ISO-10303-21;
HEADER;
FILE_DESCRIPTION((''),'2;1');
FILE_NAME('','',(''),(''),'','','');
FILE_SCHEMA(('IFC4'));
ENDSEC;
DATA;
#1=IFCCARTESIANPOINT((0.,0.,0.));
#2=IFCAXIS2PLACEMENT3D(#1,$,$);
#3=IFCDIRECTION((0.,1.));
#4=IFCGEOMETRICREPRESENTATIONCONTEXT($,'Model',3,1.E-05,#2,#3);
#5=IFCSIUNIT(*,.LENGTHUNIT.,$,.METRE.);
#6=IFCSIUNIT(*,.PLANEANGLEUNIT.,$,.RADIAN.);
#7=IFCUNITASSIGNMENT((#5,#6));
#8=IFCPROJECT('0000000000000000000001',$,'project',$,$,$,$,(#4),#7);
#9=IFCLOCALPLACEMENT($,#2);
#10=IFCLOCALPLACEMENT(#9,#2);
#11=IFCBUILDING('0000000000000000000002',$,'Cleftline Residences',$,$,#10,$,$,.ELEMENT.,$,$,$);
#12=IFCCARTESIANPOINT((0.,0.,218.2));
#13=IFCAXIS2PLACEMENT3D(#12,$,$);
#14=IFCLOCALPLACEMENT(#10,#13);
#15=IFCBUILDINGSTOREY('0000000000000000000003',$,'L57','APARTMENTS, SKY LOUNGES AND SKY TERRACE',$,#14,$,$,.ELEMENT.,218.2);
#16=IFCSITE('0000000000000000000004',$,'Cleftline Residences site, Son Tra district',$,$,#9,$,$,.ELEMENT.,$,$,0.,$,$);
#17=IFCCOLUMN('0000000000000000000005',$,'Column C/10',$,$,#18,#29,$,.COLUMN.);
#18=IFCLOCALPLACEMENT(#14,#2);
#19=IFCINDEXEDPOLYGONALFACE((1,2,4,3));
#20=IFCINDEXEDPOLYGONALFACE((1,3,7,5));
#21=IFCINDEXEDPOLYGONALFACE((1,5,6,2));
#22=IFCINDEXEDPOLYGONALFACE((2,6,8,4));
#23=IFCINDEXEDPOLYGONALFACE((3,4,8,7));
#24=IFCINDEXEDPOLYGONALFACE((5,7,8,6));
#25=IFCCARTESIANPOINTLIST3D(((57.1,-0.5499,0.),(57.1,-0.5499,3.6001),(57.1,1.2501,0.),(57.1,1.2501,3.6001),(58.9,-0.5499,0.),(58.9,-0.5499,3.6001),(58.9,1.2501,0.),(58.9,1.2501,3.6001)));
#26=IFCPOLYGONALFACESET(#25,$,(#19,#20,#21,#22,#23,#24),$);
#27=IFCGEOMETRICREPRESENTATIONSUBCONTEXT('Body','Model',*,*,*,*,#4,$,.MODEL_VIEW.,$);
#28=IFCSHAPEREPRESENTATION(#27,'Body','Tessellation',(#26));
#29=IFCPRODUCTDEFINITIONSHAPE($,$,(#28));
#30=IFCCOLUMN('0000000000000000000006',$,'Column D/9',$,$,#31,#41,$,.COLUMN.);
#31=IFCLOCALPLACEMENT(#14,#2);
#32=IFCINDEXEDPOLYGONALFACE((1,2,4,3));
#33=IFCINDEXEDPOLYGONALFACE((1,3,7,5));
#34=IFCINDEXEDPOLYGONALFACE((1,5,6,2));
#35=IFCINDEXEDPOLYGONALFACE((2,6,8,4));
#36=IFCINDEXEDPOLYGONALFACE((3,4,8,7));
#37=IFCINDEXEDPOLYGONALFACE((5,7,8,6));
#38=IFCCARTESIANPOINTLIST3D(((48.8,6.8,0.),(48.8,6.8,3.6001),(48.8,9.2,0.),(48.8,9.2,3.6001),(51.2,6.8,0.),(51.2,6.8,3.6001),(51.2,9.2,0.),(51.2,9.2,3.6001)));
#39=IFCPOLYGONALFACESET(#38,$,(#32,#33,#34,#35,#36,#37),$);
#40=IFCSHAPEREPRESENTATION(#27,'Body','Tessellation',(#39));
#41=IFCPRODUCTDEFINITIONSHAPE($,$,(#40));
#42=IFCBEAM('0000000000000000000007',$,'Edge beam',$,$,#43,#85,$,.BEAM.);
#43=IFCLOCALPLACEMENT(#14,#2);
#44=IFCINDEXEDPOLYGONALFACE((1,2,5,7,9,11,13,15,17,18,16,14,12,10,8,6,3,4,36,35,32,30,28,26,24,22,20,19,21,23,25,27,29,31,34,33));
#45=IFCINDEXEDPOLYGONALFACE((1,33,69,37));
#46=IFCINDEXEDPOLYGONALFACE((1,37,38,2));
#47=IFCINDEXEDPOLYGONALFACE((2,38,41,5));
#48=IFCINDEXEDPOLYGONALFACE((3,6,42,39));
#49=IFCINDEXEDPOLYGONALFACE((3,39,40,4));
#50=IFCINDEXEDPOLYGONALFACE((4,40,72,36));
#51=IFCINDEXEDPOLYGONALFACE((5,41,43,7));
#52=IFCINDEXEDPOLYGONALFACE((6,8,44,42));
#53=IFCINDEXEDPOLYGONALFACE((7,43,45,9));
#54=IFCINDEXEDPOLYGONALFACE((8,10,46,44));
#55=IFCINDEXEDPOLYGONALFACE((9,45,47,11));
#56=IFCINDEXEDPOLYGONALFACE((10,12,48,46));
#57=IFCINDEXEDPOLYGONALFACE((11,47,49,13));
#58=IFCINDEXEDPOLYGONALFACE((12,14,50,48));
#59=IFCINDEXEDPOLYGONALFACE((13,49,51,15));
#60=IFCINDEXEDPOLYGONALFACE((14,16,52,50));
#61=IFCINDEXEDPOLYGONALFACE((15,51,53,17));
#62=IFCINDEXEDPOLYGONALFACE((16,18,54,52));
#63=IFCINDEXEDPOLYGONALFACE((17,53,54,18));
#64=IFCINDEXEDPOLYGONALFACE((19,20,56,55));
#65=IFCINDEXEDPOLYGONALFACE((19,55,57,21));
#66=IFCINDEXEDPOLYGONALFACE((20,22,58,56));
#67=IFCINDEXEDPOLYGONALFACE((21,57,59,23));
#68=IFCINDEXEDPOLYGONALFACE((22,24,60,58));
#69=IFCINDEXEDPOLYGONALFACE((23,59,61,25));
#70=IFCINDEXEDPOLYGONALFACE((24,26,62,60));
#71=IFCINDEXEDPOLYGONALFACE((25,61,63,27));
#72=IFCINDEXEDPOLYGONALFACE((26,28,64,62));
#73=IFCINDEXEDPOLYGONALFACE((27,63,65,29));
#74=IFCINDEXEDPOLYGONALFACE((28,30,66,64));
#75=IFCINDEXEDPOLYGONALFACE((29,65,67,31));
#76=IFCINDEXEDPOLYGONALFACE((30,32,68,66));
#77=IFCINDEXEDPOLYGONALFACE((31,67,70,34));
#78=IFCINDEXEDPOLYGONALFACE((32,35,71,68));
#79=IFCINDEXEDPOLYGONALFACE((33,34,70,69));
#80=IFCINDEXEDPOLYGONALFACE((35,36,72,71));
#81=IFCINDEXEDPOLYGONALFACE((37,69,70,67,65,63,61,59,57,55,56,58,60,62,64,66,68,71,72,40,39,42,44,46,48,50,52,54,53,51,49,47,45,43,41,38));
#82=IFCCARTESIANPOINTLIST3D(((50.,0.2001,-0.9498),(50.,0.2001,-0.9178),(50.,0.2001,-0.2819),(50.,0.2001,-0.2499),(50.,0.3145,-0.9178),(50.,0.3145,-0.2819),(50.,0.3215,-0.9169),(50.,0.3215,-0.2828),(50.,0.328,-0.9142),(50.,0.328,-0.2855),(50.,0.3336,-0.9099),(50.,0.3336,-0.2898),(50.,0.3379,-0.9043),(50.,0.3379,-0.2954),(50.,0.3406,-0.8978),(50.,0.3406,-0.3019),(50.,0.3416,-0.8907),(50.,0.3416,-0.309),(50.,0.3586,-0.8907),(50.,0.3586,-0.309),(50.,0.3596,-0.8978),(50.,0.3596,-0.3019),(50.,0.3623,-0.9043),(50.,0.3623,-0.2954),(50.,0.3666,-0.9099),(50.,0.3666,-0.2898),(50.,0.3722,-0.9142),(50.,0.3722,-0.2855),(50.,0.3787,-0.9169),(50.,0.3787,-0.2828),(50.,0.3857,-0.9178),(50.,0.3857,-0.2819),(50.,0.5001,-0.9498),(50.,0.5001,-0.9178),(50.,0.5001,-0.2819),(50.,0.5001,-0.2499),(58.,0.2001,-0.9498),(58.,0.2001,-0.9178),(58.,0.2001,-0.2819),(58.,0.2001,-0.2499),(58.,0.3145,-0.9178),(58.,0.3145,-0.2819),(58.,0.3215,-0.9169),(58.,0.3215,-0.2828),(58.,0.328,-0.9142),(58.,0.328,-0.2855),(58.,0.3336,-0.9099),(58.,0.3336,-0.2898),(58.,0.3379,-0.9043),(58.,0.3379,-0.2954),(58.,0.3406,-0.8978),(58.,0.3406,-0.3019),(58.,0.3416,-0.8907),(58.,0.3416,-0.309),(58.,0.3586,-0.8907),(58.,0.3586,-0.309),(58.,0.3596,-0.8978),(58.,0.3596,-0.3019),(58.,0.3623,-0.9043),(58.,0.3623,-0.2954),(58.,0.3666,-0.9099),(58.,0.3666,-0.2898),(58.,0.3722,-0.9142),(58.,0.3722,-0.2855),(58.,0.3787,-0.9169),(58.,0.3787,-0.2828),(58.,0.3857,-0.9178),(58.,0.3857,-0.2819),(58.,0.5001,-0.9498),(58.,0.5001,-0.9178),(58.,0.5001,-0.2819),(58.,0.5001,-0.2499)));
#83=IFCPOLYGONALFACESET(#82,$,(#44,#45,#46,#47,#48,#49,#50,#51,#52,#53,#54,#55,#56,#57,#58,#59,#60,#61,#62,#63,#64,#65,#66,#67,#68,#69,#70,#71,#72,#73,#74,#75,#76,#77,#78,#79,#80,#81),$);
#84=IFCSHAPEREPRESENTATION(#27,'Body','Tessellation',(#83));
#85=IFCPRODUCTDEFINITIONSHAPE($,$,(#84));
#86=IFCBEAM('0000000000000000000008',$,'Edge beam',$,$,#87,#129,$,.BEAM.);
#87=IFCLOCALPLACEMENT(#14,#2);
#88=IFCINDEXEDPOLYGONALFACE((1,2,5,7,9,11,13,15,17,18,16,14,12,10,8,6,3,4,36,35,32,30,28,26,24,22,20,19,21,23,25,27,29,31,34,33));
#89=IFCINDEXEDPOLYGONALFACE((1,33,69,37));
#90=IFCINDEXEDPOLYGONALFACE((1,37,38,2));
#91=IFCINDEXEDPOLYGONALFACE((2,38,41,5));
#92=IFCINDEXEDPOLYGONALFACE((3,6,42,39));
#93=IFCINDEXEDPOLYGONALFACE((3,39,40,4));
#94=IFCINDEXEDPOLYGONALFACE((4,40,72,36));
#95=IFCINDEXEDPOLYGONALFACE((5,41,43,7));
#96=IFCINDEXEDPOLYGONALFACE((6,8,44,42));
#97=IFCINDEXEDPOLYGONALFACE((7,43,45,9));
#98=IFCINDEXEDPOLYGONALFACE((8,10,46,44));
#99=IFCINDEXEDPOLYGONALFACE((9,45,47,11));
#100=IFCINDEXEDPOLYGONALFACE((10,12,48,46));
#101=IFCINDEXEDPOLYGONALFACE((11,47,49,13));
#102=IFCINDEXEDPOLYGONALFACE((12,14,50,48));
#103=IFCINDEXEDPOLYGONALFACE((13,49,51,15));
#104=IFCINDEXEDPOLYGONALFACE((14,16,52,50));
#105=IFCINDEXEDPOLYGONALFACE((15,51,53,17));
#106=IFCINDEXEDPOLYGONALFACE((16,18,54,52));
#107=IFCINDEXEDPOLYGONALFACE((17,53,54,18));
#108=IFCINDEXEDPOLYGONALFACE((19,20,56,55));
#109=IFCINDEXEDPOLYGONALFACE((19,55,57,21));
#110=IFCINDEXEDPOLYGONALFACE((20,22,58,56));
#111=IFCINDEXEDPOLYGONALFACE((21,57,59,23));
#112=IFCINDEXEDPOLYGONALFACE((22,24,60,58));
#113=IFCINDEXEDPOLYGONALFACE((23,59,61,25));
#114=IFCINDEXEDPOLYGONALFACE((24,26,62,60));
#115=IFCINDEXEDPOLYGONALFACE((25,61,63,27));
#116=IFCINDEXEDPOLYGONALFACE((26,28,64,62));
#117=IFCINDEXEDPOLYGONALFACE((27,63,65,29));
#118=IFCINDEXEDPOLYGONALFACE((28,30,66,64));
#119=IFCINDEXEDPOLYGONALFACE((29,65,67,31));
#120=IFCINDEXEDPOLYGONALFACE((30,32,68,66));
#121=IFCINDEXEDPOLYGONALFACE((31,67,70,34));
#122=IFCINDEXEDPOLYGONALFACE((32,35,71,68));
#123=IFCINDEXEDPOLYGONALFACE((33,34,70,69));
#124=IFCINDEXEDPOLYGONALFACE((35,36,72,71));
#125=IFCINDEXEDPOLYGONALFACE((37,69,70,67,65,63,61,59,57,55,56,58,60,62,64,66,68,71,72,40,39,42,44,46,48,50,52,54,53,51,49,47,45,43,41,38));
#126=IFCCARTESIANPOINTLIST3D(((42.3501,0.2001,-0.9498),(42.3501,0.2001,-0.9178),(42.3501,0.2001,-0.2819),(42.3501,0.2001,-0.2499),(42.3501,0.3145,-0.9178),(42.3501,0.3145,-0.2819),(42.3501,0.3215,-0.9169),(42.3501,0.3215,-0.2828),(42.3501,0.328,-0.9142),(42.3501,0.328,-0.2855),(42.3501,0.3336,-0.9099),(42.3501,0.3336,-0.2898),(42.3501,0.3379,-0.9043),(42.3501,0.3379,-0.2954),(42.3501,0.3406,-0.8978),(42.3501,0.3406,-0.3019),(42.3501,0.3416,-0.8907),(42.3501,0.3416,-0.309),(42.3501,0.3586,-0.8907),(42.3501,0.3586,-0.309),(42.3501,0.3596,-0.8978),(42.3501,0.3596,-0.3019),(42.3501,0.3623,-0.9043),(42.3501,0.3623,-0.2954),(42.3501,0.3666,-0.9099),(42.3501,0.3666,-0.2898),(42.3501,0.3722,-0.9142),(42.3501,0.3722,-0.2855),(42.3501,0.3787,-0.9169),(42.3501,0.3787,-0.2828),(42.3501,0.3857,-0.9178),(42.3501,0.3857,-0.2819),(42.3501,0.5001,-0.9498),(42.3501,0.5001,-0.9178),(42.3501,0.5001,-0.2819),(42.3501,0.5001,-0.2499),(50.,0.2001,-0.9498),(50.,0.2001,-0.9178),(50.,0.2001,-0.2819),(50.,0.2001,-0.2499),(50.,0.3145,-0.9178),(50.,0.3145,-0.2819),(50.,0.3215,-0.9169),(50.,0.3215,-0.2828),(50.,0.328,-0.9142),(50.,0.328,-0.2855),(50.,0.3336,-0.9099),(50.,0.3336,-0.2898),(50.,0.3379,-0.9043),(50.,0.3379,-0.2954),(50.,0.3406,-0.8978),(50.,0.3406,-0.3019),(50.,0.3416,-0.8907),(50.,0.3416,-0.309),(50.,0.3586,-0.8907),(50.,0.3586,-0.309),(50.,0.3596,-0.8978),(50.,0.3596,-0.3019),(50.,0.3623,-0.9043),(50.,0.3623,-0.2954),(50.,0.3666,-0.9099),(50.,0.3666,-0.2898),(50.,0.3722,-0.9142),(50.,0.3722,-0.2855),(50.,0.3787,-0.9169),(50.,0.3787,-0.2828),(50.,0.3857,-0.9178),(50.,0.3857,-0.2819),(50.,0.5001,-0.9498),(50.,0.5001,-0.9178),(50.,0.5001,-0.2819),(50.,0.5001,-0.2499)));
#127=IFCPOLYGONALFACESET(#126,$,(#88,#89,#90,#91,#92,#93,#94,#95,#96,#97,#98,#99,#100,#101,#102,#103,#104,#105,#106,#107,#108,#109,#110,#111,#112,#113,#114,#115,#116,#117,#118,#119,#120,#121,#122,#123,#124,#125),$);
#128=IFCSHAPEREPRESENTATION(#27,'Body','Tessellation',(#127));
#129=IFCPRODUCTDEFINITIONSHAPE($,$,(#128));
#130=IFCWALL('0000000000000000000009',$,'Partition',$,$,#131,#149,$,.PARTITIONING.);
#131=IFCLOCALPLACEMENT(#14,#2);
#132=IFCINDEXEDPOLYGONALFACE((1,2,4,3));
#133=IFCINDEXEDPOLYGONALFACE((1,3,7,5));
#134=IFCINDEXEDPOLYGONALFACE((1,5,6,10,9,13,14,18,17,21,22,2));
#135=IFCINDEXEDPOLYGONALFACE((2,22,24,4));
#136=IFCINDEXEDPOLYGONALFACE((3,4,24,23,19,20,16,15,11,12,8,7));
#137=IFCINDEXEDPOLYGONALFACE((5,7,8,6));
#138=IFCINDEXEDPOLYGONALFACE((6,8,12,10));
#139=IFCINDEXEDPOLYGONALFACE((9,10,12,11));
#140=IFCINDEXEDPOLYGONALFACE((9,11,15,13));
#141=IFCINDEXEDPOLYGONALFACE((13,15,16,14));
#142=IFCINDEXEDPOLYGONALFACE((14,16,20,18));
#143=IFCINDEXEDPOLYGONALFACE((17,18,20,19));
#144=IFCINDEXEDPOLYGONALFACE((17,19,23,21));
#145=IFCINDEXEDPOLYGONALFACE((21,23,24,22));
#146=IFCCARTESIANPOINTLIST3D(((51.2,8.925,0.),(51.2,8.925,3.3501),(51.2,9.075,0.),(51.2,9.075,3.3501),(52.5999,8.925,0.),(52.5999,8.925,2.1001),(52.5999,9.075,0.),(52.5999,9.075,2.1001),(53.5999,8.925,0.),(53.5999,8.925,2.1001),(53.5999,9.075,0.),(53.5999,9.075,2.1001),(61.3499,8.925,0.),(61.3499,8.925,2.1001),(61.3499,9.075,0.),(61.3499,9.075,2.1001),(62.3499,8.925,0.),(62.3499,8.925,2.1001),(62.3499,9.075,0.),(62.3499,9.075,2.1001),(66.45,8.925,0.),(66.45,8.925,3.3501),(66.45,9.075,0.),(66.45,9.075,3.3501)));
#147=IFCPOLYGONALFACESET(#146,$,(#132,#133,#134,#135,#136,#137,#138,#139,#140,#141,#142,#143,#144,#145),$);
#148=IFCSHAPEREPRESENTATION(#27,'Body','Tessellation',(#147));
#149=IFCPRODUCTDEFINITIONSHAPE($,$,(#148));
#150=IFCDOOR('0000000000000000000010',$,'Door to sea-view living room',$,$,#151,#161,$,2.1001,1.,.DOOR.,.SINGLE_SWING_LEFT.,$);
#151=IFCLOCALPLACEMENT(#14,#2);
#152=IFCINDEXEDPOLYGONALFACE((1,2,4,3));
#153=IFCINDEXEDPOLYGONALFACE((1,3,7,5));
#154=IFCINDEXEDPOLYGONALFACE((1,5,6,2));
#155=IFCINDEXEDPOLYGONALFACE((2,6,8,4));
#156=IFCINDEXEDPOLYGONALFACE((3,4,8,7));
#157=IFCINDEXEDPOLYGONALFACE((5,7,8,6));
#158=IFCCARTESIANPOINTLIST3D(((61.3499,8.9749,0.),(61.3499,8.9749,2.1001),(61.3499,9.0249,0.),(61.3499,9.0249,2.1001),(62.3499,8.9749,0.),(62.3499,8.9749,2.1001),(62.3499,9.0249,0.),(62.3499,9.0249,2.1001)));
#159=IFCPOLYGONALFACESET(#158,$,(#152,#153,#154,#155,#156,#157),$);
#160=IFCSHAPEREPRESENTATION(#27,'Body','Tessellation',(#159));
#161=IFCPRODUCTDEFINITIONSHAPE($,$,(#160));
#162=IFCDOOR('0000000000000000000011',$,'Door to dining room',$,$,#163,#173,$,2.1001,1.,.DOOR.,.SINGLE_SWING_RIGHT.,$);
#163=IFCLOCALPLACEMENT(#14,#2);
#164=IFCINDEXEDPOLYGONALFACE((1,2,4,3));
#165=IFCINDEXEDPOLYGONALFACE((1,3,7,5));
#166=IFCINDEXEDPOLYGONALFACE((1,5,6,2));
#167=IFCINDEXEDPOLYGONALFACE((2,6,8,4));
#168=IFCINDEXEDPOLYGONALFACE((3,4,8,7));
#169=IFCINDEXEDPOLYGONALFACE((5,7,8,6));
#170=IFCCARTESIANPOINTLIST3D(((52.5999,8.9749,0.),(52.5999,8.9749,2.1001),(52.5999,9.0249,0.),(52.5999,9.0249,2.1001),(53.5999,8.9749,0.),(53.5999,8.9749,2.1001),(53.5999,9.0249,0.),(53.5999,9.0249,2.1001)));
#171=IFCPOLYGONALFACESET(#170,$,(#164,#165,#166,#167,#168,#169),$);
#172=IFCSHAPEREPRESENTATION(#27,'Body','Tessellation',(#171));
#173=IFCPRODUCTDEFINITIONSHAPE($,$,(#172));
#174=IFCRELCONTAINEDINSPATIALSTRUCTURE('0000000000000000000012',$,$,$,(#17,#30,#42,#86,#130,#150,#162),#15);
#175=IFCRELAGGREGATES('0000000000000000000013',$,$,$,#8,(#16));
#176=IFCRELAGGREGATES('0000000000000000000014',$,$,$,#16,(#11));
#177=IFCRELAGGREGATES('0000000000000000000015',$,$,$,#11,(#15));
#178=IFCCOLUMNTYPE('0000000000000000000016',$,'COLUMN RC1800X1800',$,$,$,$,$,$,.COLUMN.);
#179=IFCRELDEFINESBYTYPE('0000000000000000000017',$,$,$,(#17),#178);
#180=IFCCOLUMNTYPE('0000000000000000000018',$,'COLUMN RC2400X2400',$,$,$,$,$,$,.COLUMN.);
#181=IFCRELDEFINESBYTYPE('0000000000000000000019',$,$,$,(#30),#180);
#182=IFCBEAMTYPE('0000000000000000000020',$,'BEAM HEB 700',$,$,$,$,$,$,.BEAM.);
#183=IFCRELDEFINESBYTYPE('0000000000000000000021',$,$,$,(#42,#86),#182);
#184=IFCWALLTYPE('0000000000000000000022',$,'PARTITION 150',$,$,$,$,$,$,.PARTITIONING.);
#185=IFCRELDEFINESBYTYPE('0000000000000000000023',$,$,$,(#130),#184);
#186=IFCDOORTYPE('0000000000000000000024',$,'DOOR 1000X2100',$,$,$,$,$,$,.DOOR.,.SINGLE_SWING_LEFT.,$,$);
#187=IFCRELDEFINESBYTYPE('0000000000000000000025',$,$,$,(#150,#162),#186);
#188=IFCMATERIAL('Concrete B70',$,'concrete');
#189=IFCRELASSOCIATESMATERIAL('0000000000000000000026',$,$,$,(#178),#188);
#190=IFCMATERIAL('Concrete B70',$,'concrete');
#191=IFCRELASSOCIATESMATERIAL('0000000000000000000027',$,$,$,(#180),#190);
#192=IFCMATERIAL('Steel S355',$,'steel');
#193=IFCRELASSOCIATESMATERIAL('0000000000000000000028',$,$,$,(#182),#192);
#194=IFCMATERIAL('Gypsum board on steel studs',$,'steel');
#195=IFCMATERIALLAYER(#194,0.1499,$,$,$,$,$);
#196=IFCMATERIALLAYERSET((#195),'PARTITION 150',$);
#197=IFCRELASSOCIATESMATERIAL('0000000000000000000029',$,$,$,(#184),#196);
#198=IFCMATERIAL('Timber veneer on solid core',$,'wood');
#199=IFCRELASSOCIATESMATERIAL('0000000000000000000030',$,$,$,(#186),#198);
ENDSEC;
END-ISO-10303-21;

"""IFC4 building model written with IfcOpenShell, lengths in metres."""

from ifc_helpers import new_model, si_unit, direction, frame, frame_2d, origin, origin_2d, place, context, subcontext, project, spatial, rectangle, i_section, extrude, material, layer, layer_set, material_profile, profile_set, type_object, element, fill, save


model = new_model("IFC4")

# Units and contexts
model_context = context("Model", 3, precision=1e-05, world=origin(), true_north=direction((0.0, 1.0)))
body_context = subcontext(model_context, "Body", "Model", "MODEL_VIEW")
ifc_project = project(units=[si_unit("LENGTHUNIT", "METRE"), si_unit("PLANEANGLEUNIT", "RADIAN")], contexts=[model_context])

# Site, building, storey
site_placement = place(None, origin())
site = spatial("IfcSite", under=ifc_project, at=site_placement, Name="Cleftline Residences site, Son Tra district", CompositionType="ELEMENT", RefElevation=0.0)
building_placement = place(site_placement, origin())
building = spatial("IfcBuilding", under=site, at=building_placement, Name="Cleftline Residences", CompositionType="ELEMENT")
storey_placement = place(building_placement, frame((0.0, 0.0, 218.2)))
storey = spatial("IfcBuildingStorey", under=building, at=storey_placement, Name="L57", Description="APARTMENTS, SKY LOUNGES AND SKY TERRACE", CompositionType="ELEMENT", Elevation=218.2)

# Columns
ifc_material_1 = material(Name="Concrete B70", Category="concrete")
ifc_material_profile_1 = material_profile(ifc_material_1, rectangle(XDim=1.8, YDim=1.8, at=origin_2d()))
ifc_profile_set_1 = profile_set([ifc_material_profile_1], Name="Concrete B70")
column_type_1 = type_object("IfcColumnType", Name="COLUMN RC1800X1800", PredefinedType="COLUMN", material=ifc_profile_set_1)
column_1_placement = place(storey_placement, frame((58.0, 0.3501, 0.0), z_axis=(0.0, 0.0, 1.0), x_axis=(1.0, 0.0, 0.0)))
element("IfcColumn", 1, at=column_1_placement, inside=storey, type_object=column_type_1, Name="Column C/10", PredefinedType="COLUMN", context=body_context, shape_type="SweptSolid", body=[
    extrude(rectangle(XDim=1.8, YDim=1.8, at=origin_2d()), origin(), (0.0, 0.0, 1.0), 3.6001),
])
ifc_material_2 = material(Name="Concrete B70", Category="concrete")
ifc_material_profile_2 = material_profile(ifc_material_2, rectangle(XDim=2.3999, YDim=2.3999, at=origin_2d()))
ifc_profile_set_2 = profile_set([ifc_material_profile_2], Name="Concrete B70")
column_type_2 = type_object("IfcColumnType", Name="COLUMN RC2400X2400", PredefinedType="COLUMN", material=ifc_profile_set_2)
column_2_placement = place(storey_placement, frame((50.0, 8.0, 0.0), z_axis=(0.0, 0.0, 1.0), x_axis=(1.0, 0.0, 0.0)))
element("IfcColumn", 2, at=column_2_placement, inside=storey, type_object=column_type_2, Name="Column D/9", PredefinedType="COLUMN", context=body_context, shape_type="SweptSolid", body=[
    extrude(rectangle(XDim=2.3999, YDim=2.3999, at=origin_2d()), origin(), (0.0, 0.0, 1.0), 3.6001),
])

# Beams
ifc_material_3 = material(Name="Steel S355", Category="steel")
ifc_material_profile_3 = material_profile(ifc_material_3, i_section(OverallWidth=0.3, OverallDepth=0.7, WebThickness=0.0171, FlangeThickness=0.032, FilletRadius=0.0271, at=origin_2d()))
ifc_profile_set_3 = profile_set([ifc_material_profile_3], Name="Steel S355")
beam_type = type_object("IfcBeamType", Name="BEAM HEB 700", PredefinedType="BEAM", material=ifc_profile_set_3)
beam_1_placement = place(storey_placement, frame((58.0, 0.3501, -0.5999), z_axis=(-1.0, 0.0, 0.0), x_axis=(0.0, -1.0, 0.0)))
element("IfcBeam", 3, at=beam_1_placement, inside=storey, type_object=beam_type, Name="Edge beam", PredefinedType="BEAM", context=body_context, shape_type="SweptSolid", body=[
    extrude(i_section(OverallWidth=0.3, OverallDepth=0.7, WebThickness=0.0171, FlangeThickness=0.032, FilletRadius=0.0271, at=origin_2d()), origin(), (0.0, 0.0, 1.0), 8.0),
])
beam_2_placement = place(storey_placement, frame((50.0, 0.3501, -0.5999), z_axis=(-1.0, 0.0, 0.0), x_axis=(0.0, -1.0, 0.0)))
element("IfcBeam", 4, at=beam_2_placement, inside=storey, type_object=beam_type, Name="Edge beam", PredefinedType="BEAM", context=body_context, shape_type="SweptSolid", body=[
    extrude(i_section(OverallWidth=0.3, OverallDepth=0.7, WebThickness=0.0171, FlangeThickness=0.032, FilletRadius=0.0271, at=origin_2d()), origin(), (0.0, 0.0, 1.0), 7.6499),
])

# Wall, openings, doors
ifc_material_4 = material(Name="Gypsum board on steel studs", Category="steel")
ifc_layer = layer(ifc_material_4, 0.1499)
ifc_layer_set = layer_set([ifc_layer], Name="PARTITION 150")
wall_type = type_object("IfcWallType", Name="PARTITION 150", PredefinedType="PARTITIONING", material=ifc_layer_set)
wall_1_placement = place(storey_placement, frame((51.2, 9.0, 0.0), z_axis=(0.0, 0.0, 1.0), x_axis=(1.0, 0.0, 0.0)))
wall_1 = element("IfcWall", 5, at=wall_1_placement, inside=storey, type_object=wall_type, Name="Partition", PredefinedType="PARTITIONING", context=body_context, shape_type="SweptSolid", body=[
    extrude(rectangle(XDim=15.25, YDim=0.1499, at=frame_2d((7.625, 0.0))), origin(), (0.0, 0.0, 1.0), 3.3501),
])
opening_1_placement = place(wall_1_placement, frame((10.1499, 0.0, 0.0)))
opening_1 = element("IfcOpeningElement", 6, at=opening_1_placement, cuts=wall_1, PredefinedType="OPENING", context=body_context, shape_type="SweptSolid", body=[
    extrude(rectangle(XDim=1.0, YDim=2.1001, at=frame_2d((0.5, 1.05))), frame((0.0, 0.085, 0.0), z_axis=(0.0, -1.0, 0.0), x_axis=(1.0, 0.0, 0.0)), (0.0, 0.0, 1.0), 0.1699),
])
opening_2_placement = place(wall_1_placement, frame((1.3999, 0.0, 0.0)))
opening_2 = element("IfcOpeningElement", 7, at=opening_2_placement, cuts=wall_1, PredefinedType="OPENING", context=body_context, shape_type="SweptSolid", body=[
    extrude(rectangle(XDim=1.0, YDim=2.1001, at=frame_2d((0.5, 1.05))), frame((0.0, 0.085, 0.0), z_axis=(0.0, -1.0, 0.0), x_axis=(1.0, 0.0, 0.0)), (0.0, 0.0, 1.0), 0.1699),
])
ifc_material_5 = material(Name="Timber veneer on solid core", Category="wood")
door_type_1 = type_object("IfcDoorType", Name="DOOR 1000X2100", OperationType="SINGLE_SWING_LEFT", PredefinedType="DOOR", material=ifc_material_5)
door_1_placement = place(opening_1_placement, origin())
door_1 = element("IfcDoor", 8, at=door_1_placement, inside=storey, type_object=door_type_1, Name="Door to sea-view living room", OperationType="SINGLE_SWING_LEFT", OverallHeight=2.1001, OverallWidth=1.0, PredefinedType="DOOR", context=body_context, shape_type="SweptSolid", body=[
    extrude(rectangle(XDim=1.0, YDim=2.1001, at=frame_2d((0.5, 1.05))), frame((0.0, 0.0249, 0.0), z_axis=(0.0, -1.0, 0.0), x_axis=(1.0, 0.0, 0.0)), (0.0, 0.0, 1.0), 0.05),
])
fill(opening_1, door_1)
door_2_placement = place(opening_2_placement, origin())
door_2 = element("IfcDoor", 9, at=door_2_placement, inside=storey, type_object=door_type_1, Name="Door to dining room", OperationType="SINGLE_SWING_RIGHT", OverallHeight=2.1001, OverallWidth=1.0, PredefinedType="DOOR", context=body_context, shape_type="SweptSolid", body=[
    extrude(rectangle(XDim=1.0, YDim=2.1001, at=frame_2d((0.5, 1.05))), frame((0.0, 0.0249, 0.0), z_axis=(0.0, -1.0, 0.0), x_axis=(1.0, 0.0, 0.0)), (0.0, 0.0, 1.0), 0.05),
])
fill(opening_2, door_2)

save(model, "model.ifc")
